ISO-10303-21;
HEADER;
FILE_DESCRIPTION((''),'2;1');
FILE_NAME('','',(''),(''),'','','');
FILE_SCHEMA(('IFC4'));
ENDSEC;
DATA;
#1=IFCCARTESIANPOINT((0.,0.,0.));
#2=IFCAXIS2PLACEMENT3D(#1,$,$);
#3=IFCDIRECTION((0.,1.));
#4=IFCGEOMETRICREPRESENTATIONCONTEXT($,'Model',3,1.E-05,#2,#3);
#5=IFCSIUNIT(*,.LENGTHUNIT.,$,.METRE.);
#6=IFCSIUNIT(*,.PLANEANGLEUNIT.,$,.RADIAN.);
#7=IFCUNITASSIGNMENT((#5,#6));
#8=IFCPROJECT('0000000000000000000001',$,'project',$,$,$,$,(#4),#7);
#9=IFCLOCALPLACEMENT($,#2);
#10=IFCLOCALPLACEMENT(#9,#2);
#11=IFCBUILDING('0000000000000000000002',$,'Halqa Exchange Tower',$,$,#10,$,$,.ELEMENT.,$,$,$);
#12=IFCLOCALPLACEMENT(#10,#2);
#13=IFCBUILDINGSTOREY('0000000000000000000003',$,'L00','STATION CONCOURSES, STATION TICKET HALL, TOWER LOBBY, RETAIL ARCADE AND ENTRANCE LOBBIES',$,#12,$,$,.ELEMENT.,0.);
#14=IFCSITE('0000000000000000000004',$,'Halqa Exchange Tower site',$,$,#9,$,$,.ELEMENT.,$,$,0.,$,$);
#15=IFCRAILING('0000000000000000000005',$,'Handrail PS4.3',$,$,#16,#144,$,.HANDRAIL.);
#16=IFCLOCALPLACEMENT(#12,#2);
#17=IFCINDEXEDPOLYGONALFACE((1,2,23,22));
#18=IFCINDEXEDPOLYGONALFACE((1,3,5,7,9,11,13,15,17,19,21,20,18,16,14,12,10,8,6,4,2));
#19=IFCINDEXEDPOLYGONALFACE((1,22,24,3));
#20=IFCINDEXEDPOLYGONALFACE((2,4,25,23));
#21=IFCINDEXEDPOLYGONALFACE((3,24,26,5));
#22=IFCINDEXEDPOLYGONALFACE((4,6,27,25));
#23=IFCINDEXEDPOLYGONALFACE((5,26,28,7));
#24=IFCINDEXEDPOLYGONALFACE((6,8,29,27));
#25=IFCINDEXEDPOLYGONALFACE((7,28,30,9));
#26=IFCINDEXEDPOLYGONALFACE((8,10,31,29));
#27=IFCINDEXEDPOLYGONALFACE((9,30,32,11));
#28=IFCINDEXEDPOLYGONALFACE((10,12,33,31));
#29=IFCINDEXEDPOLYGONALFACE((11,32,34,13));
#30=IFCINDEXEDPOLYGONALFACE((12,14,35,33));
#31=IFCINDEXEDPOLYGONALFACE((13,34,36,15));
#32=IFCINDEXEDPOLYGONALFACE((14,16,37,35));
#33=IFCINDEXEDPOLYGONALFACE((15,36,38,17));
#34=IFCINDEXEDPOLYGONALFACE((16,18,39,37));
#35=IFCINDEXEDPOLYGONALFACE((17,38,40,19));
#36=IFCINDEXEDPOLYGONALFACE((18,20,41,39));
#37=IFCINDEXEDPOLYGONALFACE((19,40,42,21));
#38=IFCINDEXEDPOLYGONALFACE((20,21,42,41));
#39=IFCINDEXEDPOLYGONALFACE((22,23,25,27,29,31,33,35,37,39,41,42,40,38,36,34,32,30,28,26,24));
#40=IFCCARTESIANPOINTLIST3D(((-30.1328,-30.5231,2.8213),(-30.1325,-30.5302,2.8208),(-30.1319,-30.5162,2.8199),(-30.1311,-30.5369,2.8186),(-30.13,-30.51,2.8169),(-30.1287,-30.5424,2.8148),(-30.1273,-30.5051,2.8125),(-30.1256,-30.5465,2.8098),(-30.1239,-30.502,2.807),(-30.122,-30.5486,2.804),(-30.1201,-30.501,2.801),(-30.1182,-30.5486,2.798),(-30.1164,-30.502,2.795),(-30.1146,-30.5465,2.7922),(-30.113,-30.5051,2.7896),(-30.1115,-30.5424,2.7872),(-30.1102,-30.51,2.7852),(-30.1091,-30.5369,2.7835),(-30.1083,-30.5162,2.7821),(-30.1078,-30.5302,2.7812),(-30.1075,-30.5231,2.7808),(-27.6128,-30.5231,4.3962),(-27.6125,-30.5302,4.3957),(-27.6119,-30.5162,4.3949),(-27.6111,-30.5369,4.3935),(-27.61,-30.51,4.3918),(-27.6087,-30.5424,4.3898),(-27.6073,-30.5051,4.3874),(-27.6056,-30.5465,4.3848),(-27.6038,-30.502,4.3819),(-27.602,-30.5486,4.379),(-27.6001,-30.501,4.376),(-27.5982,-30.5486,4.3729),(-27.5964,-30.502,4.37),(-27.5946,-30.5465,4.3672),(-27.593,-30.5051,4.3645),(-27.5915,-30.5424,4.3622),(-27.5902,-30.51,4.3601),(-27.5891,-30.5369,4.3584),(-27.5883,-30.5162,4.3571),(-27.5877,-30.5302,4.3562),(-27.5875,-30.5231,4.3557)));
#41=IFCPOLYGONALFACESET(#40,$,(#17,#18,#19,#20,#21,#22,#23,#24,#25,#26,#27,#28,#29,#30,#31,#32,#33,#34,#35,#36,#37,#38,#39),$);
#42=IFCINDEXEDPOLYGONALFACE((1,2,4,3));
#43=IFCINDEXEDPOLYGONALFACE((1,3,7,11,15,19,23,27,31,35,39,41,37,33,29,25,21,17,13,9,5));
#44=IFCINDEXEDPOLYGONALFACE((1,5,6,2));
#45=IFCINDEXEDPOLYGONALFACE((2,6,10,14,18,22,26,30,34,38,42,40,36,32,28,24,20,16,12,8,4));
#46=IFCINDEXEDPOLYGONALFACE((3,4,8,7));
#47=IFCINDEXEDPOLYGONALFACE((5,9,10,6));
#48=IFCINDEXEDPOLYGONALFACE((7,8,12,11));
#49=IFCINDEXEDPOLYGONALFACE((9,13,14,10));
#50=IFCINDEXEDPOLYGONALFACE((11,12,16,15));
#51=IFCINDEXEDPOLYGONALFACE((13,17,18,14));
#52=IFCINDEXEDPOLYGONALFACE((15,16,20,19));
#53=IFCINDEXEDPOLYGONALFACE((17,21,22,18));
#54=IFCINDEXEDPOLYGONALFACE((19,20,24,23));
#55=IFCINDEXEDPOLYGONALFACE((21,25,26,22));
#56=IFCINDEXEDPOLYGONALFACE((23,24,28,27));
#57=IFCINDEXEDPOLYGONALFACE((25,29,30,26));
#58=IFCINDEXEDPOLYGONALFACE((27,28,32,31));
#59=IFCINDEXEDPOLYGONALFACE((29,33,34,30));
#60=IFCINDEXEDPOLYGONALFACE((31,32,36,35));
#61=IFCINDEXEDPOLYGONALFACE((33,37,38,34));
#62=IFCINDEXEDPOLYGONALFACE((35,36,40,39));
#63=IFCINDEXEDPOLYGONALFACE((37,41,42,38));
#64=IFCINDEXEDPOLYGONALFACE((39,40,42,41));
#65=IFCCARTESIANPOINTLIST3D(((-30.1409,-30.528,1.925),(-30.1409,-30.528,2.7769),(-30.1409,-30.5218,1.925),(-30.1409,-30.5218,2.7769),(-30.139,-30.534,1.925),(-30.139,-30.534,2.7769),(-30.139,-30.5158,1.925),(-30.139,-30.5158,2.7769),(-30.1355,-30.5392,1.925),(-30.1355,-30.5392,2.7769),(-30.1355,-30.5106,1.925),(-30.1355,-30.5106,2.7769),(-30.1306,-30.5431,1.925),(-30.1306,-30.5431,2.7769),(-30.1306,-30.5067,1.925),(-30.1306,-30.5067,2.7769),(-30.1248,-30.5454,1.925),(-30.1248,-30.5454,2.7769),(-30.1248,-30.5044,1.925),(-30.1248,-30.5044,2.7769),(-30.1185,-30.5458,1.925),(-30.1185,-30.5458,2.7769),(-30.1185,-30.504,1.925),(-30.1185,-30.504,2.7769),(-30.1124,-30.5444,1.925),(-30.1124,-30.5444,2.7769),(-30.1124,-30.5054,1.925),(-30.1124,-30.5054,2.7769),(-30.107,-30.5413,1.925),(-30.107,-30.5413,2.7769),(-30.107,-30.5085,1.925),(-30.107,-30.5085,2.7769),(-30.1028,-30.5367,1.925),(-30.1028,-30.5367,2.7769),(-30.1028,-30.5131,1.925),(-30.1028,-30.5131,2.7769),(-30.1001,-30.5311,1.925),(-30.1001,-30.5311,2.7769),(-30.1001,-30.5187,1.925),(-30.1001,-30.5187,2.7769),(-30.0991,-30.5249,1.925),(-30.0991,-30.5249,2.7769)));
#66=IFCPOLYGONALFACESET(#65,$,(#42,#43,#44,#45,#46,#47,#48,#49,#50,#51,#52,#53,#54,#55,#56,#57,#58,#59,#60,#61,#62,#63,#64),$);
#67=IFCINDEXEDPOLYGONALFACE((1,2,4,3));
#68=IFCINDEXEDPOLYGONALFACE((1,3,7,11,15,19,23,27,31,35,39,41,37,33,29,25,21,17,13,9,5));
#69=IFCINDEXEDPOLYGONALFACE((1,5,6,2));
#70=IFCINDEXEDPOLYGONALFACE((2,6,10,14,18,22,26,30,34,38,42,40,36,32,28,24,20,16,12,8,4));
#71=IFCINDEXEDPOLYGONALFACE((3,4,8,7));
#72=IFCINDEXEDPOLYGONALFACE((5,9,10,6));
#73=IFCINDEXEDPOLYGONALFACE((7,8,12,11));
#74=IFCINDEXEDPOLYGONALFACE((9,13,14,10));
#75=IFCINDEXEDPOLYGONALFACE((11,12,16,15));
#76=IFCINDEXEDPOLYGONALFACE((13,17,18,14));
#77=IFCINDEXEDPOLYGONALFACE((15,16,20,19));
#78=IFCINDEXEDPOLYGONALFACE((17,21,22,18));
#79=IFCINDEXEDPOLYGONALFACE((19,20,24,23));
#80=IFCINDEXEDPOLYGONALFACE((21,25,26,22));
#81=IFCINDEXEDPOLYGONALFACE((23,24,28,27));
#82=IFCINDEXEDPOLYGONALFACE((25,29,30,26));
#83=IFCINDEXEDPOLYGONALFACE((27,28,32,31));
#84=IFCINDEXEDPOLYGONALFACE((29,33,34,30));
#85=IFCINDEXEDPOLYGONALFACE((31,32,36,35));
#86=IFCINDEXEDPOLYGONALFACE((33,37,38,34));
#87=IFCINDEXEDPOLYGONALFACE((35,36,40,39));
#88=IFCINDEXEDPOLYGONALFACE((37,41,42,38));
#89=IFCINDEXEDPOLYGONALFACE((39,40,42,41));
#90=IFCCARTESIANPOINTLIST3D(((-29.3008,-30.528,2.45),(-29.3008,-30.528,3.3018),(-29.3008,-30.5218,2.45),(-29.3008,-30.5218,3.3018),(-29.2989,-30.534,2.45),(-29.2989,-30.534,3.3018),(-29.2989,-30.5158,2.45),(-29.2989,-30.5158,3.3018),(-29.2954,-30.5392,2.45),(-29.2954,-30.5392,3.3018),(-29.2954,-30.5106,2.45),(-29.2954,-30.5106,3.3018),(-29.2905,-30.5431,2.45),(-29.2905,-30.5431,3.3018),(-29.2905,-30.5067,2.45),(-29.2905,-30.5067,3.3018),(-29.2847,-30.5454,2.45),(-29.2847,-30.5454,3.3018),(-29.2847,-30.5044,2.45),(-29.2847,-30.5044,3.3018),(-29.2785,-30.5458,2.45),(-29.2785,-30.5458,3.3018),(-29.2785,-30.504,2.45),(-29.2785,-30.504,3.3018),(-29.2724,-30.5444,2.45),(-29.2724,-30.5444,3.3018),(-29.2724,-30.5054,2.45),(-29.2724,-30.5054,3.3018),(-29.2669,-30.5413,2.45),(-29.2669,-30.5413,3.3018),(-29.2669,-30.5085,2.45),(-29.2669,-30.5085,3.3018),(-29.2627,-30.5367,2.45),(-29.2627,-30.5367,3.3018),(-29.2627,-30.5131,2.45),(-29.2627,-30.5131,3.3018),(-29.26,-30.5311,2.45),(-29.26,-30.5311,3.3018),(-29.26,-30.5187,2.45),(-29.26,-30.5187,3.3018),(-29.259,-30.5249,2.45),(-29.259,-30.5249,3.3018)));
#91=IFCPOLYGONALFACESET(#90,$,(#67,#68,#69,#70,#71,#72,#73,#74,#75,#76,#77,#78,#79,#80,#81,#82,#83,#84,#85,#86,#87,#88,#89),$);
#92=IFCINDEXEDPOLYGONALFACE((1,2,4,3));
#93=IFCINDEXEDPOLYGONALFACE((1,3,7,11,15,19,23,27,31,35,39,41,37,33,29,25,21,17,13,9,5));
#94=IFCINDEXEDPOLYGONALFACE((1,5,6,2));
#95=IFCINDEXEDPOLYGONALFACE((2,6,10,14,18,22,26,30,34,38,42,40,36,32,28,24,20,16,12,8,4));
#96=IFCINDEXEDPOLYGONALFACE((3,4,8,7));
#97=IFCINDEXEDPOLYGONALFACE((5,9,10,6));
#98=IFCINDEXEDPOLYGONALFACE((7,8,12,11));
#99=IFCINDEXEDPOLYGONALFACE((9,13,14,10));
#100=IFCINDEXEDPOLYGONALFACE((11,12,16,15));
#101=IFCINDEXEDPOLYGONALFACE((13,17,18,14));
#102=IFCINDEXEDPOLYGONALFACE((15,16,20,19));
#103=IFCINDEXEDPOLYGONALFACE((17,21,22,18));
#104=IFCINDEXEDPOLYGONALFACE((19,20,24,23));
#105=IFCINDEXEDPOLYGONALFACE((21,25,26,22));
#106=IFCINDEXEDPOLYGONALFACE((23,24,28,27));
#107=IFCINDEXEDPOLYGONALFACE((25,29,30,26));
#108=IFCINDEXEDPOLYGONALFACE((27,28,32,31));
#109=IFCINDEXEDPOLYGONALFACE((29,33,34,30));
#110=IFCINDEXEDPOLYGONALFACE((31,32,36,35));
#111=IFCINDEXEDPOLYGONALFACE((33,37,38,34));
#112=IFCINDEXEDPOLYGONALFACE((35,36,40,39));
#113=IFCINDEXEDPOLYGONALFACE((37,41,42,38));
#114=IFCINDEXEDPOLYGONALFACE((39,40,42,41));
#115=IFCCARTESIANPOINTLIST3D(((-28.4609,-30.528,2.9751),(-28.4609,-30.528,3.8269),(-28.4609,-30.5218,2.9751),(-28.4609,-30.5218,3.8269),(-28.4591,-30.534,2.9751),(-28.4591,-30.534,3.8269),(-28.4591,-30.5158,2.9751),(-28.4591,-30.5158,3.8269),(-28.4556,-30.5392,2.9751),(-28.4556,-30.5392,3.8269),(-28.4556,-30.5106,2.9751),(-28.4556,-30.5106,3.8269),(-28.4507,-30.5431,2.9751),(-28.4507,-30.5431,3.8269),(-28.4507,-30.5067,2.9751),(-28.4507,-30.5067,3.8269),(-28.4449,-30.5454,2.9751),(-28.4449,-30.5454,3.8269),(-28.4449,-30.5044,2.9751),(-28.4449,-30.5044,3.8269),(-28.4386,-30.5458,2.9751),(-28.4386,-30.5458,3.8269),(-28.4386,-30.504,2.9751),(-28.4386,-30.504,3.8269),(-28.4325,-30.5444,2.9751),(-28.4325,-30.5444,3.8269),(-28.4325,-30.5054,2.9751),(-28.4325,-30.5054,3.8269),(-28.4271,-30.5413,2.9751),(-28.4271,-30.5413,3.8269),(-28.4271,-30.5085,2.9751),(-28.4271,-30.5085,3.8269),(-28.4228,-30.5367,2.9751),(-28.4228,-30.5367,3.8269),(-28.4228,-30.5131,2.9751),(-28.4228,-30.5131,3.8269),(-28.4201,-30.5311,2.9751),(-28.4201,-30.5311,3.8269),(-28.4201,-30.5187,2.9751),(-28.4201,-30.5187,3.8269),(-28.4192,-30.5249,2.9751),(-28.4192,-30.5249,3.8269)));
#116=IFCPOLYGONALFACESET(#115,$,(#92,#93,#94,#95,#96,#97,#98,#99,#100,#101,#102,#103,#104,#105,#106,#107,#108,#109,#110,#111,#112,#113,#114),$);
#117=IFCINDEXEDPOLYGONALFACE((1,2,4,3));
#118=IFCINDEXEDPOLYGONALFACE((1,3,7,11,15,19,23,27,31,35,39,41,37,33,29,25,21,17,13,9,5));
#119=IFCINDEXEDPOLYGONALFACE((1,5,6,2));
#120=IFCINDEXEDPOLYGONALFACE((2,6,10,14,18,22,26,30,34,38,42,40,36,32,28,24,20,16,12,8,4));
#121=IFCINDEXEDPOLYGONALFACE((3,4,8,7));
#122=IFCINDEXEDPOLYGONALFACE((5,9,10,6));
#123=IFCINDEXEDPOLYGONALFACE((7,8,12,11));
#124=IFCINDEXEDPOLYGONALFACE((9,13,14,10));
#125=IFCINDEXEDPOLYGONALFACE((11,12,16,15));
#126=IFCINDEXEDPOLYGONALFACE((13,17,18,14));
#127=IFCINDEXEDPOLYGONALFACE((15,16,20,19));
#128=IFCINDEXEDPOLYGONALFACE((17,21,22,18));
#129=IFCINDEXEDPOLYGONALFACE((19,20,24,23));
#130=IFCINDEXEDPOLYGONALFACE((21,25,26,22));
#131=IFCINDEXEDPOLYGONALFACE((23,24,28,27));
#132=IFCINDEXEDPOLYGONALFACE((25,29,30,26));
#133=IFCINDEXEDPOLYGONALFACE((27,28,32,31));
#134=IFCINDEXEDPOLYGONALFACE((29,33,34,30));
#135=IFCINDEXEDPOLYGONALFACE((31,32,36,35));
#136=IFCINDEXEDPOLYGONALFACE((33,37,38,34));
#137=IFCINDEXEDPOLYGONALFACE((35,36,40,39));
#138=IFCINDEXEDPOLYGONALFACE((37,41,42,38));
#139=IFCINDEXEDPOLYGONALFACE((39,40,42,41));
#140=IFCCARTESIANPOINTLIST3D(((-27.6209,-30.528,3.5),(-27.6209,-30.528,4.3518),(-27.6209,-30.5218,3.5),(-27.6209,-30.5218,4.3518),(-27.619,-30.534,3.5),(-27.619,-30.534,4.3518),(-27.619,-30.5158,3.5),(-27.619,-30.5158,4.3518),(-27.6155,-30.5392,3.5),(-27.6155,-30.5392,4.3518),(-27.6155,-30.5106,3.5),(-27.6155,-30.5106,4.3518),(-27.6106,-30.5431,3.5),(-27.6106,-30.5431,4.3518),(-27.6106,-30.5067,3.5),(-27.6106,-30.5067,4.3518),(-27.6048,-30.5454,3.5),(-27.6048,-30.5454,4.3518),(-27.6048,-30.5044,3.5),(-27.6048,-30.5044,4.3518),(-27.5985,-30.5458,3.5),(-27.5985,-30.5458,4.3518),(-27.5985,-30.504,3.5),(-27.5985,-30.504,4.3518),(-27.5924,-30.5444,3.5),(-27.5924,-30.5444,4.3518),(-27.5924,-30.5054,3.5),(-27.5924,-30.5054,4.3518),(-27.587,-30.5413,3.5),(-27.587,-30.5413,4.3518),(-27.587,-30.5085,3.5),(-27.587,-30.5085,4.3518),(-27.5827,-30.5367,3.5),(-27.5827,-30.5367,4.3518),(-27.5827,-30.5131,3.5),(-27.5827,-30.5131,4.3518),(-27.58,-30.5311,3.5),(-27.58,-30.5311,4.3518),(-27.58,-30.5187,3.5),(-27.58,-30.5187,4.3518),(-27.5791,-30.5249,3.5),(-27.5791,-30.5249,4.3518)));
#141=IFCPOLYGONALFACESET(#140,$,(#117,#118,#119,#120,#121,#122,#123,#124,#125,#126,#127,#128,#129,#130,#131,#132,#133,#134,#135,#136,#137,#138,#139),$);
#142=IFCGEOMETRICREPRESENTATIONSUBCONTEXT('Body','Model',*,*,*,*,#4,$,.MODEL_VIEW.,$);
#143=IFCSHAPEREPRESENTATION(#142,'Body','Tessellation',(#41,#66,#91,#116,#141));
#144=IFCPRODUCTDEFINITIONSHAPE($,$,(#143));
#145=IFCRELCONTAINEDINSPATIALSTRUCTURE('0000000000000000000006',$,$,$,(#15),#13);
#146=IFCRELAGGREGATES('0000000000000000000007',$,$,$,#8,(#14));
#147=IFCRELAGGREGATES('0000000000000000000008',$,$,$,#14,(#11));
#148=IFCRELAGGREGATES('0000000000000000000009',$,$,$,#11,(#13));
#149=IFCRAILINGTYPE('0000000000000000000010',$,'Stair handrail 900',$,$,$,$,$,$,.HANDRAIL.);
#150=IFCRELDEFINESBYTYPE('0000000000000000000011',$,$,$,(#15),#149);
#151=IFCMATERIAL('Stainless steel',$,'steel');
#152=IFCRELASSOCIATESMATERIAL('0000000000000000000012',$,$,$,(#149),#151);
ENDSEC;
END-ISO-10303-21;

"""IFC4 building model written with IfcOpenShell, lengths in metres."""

from ifc_helpers import new_model, si_unit, direction, frame, origin, origin_2d, place, context, subcontext, project, spatial, circle, extrude, material, type_object, element, save


model = new_model("IFC4")

# Units and contexts
model_context = context("Model", 3, precision=1e-05, world=origin(), true_north=direction((0.0, 1.0)))
body_context = subcontext(model_context, "Body", "Model", "MODEL_VIEW")
ifc_project = project(units=[si_unit("LENGTHUNIT", "METRE"), si_unit("PLANEANGLEUNIT", "RADIAN")], contexts=[model_context])

# Site, building, storey
site_placement = place(None, origin())
site = spatial("IfcSite", under=ifc_project, at=site_placement, Name="Halqa Exchange Tower site", CompositionType="ELEMENT", RefElevation=0.0)
building_placement = place(site_placement, origin())
building = spatial("IfcBuilding", under=site, at=building_placement, Name="Halqa Exchange Tower", CompositionType="ELEMENT")
storey_placement = place(building_placement, origin())
storey = spatial("IfcBuildingStorey", under=building, at=storey_placement, Name="L00", Description="STATION CONCOURSES, STATION TICKET HALL, TOWER LOBBY, RETAIL ARCADE AND ENTRANCE LOBBIES", CompositionType="ELEMENT", Elevation=0.0)

# Railing
ifc_material_1 = material(Name="Stainless steel", Category="steel")
railing_type = type_object("IfcRailingType", Name="Stair handrail 900", PredefinedType="HANDRAIL", material=ifc_material_1)
for number, where, name in (
    (1, (-30.1201, -30.5249, 1.925), "Handrail PS4.3"),
):
    element("IfcRailing", number, at=place(storey_placement, frame(where)), inside=storey, type_object=railing_type, Name=name, PredefinedType="HANDRAIL", context=body_context, shape_type="SweptSolid", body=[
        extrude(circle(Radius=0.0239, at=origin_2d()), frame((0.0, 0.0, 0.876), z_axis=(0.848008, 0.0, 0.529984), x_axis=(0.0, 1.0, 0.0)), (0.0, 0.0, 1.0), 2.9717),
        extrude(circle(Radius=0.021, at=origin_2d()), origin(), (0.0, 0.0, 1.0), 0.8518),
        extrude(circle(Radius=0.021, at=origin_2d()), frame((0.8401, 0.0, 0.5249)), (0.0, 0.0, 1.0), 0.8518),
        extrude(circle(Radius=0.021, at=origin_2d()), frame((1.6799, 0.0, 1.05)), (0.0, 0.0, 1.0), 0.8518),
        extrude(circle(Radius=0.021, at=origin_2d()), frame((2.52, 0.0, 1.575)), (0.0, 0.0, 1.0), 0.8518),
    ])

save(model, "model.ifc")
